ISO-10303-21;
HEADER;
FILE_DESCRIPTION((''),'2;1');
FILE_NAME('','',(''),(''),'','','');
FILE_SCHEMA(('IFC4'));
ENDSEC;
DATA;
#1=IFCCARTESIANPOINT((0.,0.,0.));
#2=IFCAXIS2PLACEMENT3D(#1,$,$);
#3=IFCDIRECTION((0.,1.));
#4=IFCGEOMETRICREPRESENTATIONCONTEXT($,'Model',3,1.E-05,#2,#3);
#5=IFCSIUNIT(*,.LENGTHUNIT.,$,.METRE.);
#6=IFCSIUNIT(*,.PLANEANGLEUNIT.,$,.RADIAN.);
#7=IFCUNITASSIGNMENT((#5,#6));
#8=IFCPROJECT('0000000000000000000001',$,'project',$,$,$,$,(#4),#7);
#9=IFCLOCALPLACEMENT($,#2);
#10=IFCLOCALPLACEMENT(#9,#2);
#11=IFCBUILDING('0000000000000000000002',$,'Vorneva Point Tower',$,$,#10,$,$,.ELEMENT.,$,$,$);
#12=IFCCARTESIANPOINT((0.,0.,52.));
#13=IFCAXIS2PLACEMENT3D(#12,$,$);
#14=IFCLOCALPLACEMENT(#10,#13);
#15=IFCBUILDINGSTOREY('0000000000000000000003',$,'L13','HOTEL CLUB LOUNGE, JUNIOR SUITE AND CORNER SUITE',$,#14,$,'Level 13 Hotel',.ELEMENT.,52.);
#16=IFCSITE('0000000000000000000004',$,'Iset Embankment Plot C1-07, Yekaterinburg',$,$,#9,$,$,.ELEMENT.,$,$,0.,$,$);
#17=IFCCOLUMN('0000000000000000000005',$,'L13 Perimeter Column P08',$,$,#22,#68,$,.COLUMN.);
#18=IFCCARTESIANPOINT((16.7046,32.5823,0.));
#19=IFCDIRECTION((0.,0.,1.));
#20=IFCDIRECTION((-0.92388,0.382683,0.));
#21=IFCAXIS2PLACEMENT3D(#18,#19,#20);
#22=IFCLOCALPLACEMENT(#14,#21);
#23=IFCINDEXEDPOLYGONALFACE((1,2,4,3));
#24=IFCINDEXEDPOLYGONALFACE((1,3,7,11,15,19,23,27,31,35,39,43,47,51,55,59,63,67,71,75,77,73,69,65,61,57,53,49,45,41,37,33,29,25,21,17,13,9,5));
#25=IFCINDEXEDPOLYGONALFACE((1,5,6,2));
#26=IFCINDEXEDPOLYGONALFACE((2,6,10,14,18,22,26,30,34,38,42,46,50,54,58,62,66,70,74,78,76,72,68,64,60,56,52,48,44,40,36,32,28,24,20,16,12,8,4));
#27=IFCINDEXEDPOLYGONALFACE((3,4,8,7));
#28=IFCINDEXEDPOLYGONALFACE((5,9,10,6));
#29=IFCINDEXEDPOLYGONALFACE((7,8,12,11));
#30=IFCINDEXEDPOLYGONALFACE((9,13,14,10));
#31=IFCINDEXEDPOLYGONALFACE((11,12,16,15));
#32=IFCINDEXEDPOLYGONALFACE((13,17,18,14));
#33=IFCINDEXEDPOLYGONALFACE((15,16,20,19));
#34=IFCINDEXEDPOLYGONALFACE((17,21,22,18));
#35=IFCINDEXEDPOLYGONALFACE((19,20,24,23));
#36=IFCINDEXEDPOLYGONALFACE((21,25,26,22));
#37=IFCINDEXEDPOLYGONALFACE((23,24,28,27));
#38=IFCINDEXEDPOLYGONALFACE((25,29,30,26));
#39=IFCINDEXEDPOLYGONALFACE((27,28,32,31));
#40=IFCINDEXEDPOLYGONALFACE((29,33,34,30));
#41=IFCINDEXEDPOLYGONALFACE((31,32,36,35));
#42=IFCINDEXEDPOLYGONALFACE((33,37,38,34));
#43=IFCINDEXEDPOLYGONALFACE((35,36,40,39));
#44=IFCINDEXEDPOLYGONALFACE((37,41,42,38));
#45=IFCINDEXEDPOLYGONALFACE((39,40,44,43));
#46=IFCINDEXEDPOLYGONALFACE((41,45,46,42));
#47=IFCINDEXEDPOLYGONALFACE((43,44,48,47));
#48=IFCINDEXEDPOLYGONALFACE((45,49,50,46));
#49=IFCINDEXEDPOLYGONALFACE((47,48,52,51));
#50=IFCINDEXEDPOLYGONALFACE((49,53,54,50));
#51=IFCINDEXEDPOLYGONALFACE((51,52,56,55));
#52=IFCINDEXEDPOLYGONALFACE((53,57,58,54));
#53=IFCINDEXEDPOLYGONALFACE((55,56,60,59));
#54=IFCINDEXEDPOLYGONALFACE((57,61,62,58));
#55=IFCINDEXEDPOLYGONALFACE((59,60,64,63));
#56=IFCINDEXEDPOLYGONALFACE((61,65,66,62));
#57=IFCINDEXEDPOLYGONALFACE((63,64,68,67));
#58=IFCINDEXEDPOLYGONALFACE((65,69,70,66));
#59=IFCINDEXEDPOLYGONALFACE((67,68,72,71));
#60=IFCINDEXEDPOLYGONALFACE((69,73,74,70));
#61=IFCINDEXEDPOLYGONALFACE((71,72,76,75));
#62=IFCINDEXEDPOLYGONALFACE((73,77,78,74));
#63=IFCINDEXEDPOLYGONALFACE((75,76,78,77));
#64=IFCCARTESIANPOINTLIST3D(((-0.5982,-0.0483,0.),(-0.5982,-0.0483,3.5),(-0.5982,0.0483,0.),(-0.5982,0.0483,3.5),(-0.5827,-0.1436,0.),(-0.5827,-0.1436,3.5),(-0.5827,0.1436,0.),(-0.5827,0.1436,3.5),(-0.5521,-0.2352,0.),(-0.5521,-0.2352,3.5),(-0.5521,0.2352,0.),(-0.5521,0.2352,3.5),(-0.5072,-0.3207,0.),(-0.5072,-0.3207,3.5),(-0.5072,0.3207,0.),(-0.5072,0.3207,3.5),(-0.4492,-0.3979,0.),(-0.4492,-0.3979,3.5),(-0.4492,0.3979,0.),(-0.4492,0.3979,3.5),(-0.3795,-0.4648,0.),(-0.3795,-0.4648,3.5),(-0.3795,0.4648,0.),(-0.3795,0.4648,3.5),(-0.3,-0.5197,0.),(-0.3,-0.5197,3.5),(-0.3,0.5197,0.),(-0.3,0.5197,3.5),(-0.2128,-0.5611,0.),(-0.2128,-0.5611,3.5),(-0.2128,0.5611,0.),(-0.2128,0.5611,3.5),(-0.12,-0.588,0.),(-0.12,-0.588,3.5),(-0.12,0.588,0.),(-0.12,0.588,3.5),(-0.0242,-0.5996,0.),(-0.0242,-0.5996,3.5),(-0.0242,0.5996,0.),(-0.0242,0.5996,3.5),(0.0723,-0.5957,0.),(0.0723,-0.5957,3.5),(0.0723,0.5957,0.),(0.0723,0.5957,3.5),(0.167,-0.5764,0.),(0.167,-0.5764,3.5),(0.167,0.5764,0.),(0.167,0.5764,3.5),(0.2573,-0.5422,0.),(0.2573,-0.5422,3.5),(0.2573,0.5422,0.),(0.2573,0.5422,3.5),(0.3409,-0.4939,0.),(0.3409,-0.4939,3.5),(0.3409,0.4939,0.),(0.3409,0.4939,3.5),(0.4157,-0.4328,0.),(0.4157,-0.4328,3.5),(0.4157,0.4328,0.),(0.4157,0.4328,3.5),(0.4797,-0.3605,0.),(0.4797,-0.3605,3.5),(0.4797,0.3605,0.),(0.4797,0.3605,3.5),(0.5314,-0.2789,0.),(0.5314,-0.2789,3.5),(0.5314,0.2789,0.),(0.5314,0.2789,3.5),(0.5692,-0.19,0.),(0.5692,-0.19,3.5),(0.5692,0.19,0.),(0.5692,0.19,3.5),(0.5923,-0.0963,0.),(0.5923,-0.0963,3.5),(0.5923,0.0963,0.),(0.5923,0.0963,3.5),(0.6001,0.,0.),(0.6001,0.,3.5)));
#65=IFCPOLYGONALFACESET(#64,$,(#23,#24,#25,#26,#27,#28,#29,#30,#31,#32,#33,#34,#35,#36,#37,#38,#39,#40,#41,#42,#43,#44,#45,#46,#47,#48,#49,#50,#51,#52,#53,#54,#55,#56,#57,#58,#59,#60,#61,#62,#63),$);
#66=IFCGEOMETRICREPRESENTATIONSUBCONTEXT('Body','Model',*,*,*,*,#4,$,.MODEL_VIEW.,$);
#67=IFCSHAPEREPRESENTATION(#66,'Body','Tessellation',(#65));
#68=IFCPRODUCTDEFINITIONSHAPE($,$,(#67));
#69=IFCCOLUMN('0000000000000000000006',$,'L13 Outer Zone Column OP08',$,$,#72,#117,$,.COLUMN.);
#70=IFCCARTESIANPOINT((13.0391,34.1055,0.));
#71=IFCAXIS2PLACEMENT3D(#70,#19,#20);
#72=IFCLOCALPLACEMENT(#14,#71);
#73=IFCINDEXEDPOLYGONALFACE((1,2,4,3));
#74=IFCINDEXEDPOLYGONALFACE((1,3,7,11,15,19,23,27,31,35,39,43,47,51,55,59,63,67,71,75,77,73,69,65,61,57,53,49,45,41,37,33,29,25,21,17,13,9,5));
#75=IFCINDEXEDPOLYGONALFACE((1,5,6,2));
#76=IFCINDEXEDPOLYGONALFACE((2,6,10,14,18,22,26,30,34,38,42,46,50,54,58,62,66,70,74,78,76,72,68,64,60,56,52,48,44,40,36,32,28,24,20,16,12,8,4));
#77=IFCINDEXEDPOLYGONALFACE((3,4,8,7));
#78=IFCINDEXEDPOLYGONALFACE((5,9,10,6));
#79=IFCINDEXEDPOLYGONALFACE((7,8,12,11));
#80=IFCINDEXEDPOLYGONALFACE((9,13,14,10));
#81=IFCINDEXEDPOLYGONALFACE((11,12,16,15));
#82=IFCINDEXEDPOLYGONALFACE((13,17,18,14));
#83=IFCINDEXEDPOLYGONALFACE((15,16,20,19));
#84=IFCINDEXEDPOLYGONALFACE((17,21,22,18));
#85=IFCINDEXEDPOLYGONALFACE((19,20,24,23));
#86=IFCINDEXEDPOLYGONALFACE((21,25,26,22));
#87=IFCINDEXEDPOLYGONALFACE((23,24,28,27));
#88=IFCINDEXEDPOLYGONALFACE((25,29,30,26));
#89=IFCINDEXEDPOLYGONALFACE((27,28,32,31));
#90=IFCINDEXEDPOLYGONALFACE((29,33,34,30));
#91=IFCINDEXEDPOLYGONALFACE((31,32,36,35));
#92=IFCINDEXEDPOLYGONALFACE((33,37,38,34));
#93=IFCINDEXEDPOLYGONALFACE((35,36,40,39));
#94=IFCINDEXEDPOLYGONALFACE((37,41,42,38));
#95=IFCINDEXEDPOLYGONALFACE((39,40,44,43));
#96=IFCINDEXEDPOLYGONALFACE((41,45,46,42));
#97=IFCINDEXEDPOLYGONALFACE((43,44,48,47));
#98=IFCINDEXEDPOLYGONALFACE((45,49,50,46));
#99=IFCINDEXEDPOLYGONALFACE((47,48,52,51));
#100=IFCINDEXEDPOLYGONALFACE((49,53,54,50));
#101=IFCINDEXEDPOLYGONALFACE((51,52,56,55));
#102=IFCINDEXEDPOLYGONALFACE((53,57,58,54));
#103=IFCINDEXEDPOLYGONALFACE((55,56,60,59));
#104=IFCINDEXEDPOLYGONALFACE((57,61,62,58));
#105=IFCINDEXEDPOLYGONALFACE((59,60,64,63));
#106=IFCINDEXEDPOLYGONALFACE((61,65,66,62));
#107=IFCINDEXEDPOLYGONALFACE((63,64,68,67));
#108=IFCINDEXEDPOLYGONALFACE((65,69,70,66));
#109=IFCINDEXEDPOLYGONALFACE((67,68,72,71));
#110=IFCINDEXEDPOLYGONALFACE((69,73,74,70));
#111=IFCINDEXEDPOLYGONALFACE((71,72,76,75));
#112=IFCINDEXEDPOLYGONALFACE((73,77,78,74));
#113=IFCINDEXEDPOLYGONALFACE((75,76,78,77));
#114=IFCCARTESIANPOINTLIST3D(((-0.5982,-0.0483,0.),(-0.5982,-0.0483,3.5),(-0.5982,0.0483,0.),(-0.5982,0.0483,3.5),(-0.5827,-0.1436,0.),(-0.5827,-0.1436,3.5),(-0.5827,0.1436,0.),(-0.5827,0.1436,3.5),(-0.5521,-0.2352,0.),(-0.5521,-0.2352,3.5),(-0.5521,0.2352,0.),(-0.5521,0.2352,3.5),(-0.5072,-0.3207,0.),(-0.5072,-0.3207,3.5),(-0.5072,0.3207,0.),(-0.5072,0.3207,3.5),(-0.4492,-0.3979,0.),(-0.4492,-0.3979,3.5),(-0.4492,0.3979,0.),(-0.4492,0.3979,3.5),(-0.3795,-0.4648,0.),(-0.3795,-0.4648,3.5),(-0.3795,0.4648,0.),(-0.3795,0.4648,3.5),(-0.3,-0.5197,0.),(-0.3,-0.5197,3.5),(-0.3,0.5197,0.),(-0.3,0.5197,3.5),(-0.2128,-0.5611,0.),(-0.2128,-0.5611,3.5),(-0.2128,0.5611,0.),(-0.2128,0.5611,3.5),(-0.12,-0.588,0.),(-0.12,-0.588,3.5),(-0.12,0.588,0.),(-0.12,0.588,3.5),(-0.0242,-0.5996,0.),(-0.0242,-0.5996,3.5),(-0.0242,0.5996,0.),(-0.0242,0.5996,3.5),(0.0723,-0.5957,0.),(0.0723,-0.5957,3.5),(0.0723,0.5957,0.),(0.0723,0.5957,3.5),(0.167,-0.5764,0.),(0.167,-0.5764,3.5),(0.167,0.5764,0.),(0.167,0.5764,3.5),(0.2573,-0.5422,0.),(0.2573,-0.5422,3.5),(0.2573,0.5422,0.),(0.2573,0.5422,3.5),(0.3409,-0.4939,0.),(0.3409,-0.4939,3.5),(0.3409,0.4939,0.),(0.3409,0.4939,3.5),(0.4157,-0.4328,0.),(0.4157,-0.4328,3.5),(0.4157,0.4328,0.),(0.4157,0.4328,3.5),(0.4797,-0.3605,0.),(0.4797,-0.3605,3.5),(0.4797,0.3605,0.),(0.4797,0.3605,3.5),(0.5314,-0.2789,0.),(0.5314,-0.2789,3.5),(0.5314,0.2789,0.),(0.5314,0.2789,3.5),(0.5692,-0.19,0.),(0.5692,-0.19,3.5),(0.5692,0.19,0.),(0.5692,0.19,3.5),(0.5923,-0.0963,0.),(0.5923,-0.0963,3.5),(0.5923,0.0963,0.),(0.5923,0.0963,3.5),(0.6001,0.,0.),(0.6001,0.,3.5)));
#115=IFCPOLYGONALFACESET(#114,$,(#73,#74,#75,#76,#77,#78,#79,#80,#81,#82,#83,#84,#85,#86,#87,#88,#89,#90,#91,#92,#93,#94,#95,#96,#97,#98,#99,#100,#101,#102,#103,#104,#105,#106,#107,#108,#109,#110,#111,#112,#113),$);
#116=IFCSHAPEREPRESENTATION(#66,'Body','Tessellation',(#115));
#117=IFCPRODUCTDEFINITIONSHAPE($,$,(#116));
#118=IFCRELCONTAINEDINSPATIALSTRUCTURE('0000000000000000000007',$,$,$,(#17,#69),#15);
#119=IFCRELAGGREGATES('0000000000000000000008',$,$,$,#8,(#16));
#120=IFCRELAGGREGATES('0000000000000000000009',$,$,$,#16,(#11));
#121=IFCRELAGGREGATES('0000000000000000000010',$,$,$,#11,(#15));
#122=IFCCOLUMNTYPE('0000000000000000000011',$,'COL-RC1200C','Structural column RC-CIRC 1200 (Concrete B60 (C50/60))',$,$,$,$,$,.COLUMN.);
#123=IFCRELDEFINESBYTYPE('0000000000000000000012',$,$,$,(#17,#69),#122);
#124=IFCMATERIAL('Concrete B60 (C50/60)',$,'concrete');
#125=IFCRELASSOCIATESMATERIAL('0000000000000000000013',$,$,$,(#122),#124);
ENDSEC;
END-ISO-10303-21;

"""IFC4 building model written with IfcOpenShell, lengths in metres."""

from ifc_helpers import new_model, si_unit, direction, frame, origin, origin_2d, place, context, subcontext, project, spatial, circle, extrude, material, material_profile, profile_set, type_object, element, save


model = new_model("IFC4")

# Units and contexts
model_context = context("Model", 3, precision=1e-05, world=origin(), true_north=direction((0.0, 1.0)))
body_context = subcontext(model_context, "Body", "Model", "MODEL_VIEW")
ifc_project = project(units=[si_unit("LENGTHUNIT", "METRE"), si_unit("PLANEANGLEUNIT", "RADIAN")], contexts=[model_context])

# Site, building, storey
site_placement = place(None, origin())
site = spatial("IfcSite", under=ifc_project, at=site_placement, Name="Iset Embankment Plot C1-07, Yekaterinburg", CompositionType="ELEMENT", RefElevation=0.0)
building_placement = place(site_placement, origin())
building = spatial("IfcBuilding", under=site, at=building_placement, Name="Vorneva Point Tower", CompositionType="ELEMENT")
storey_placement = place(building_placement, frame((0.0, 0.0, 52.0)))
storey = spatial("IfcBuildingStorey", under=building, at=storey_placement, Name="L13", Description="HOTEL CLUB LOUNGE, JUNIOR SUITE AND CORNER SUITE", LongName="Level 13 Hotel", CompositionType="ELEMENT", Elevation=52.0)

# Columns
ifc_material_1 = material(Name="Concrete B60 (C50/60)", Category="concrete")
ifc_material_profile_1 = material_profile(ifc_material_1, circle(Radius=0.6001, at=origin_2d()), Name="RC-CIRC 1200")
ifc_profile_set_1 = profile_set([ifc_material_profile_1], Name="Concrete B60 (C50/60)")
column_type_1 = type_object("IfcColumnType", Name="COL-RC1200C", Description="Structural column RC-CIRC 1200 (Concrete B60 (C50/60))", PredefinedType="COLUMN", material=ifc_profile_set_1)
for number, where, z_axis, x_axis, name in (
    (1, (16.7046, 32.5823, 0.0), (0.0, 0.0, 1.0), (-0.92388, 0.382683, 0.0), "L13 Perimeter Column P08"),
    (2, (13.0391, 34.1055, 0.0), (0.0, 0.0, 1.0), (-0.92388, 0.382683, 0.0), "L13 Outer Zone Column OP08"),
):
    element("IfcColumn", number, at=place(storey_placement, frame(where, z_axis=z_axis, x_axis=x_axis)), inside=storey, type_object=column_type_1, Name=name, PredefinedType="COLUMN", context=body_context, shape_type="SweptSolid", body=[
        extrude(circle(Radius=0.6001, at=origin_2d()), origin(), (0.0, 0.0, 1.0), 3.5),
    ])

save(model, "model.ifc")
